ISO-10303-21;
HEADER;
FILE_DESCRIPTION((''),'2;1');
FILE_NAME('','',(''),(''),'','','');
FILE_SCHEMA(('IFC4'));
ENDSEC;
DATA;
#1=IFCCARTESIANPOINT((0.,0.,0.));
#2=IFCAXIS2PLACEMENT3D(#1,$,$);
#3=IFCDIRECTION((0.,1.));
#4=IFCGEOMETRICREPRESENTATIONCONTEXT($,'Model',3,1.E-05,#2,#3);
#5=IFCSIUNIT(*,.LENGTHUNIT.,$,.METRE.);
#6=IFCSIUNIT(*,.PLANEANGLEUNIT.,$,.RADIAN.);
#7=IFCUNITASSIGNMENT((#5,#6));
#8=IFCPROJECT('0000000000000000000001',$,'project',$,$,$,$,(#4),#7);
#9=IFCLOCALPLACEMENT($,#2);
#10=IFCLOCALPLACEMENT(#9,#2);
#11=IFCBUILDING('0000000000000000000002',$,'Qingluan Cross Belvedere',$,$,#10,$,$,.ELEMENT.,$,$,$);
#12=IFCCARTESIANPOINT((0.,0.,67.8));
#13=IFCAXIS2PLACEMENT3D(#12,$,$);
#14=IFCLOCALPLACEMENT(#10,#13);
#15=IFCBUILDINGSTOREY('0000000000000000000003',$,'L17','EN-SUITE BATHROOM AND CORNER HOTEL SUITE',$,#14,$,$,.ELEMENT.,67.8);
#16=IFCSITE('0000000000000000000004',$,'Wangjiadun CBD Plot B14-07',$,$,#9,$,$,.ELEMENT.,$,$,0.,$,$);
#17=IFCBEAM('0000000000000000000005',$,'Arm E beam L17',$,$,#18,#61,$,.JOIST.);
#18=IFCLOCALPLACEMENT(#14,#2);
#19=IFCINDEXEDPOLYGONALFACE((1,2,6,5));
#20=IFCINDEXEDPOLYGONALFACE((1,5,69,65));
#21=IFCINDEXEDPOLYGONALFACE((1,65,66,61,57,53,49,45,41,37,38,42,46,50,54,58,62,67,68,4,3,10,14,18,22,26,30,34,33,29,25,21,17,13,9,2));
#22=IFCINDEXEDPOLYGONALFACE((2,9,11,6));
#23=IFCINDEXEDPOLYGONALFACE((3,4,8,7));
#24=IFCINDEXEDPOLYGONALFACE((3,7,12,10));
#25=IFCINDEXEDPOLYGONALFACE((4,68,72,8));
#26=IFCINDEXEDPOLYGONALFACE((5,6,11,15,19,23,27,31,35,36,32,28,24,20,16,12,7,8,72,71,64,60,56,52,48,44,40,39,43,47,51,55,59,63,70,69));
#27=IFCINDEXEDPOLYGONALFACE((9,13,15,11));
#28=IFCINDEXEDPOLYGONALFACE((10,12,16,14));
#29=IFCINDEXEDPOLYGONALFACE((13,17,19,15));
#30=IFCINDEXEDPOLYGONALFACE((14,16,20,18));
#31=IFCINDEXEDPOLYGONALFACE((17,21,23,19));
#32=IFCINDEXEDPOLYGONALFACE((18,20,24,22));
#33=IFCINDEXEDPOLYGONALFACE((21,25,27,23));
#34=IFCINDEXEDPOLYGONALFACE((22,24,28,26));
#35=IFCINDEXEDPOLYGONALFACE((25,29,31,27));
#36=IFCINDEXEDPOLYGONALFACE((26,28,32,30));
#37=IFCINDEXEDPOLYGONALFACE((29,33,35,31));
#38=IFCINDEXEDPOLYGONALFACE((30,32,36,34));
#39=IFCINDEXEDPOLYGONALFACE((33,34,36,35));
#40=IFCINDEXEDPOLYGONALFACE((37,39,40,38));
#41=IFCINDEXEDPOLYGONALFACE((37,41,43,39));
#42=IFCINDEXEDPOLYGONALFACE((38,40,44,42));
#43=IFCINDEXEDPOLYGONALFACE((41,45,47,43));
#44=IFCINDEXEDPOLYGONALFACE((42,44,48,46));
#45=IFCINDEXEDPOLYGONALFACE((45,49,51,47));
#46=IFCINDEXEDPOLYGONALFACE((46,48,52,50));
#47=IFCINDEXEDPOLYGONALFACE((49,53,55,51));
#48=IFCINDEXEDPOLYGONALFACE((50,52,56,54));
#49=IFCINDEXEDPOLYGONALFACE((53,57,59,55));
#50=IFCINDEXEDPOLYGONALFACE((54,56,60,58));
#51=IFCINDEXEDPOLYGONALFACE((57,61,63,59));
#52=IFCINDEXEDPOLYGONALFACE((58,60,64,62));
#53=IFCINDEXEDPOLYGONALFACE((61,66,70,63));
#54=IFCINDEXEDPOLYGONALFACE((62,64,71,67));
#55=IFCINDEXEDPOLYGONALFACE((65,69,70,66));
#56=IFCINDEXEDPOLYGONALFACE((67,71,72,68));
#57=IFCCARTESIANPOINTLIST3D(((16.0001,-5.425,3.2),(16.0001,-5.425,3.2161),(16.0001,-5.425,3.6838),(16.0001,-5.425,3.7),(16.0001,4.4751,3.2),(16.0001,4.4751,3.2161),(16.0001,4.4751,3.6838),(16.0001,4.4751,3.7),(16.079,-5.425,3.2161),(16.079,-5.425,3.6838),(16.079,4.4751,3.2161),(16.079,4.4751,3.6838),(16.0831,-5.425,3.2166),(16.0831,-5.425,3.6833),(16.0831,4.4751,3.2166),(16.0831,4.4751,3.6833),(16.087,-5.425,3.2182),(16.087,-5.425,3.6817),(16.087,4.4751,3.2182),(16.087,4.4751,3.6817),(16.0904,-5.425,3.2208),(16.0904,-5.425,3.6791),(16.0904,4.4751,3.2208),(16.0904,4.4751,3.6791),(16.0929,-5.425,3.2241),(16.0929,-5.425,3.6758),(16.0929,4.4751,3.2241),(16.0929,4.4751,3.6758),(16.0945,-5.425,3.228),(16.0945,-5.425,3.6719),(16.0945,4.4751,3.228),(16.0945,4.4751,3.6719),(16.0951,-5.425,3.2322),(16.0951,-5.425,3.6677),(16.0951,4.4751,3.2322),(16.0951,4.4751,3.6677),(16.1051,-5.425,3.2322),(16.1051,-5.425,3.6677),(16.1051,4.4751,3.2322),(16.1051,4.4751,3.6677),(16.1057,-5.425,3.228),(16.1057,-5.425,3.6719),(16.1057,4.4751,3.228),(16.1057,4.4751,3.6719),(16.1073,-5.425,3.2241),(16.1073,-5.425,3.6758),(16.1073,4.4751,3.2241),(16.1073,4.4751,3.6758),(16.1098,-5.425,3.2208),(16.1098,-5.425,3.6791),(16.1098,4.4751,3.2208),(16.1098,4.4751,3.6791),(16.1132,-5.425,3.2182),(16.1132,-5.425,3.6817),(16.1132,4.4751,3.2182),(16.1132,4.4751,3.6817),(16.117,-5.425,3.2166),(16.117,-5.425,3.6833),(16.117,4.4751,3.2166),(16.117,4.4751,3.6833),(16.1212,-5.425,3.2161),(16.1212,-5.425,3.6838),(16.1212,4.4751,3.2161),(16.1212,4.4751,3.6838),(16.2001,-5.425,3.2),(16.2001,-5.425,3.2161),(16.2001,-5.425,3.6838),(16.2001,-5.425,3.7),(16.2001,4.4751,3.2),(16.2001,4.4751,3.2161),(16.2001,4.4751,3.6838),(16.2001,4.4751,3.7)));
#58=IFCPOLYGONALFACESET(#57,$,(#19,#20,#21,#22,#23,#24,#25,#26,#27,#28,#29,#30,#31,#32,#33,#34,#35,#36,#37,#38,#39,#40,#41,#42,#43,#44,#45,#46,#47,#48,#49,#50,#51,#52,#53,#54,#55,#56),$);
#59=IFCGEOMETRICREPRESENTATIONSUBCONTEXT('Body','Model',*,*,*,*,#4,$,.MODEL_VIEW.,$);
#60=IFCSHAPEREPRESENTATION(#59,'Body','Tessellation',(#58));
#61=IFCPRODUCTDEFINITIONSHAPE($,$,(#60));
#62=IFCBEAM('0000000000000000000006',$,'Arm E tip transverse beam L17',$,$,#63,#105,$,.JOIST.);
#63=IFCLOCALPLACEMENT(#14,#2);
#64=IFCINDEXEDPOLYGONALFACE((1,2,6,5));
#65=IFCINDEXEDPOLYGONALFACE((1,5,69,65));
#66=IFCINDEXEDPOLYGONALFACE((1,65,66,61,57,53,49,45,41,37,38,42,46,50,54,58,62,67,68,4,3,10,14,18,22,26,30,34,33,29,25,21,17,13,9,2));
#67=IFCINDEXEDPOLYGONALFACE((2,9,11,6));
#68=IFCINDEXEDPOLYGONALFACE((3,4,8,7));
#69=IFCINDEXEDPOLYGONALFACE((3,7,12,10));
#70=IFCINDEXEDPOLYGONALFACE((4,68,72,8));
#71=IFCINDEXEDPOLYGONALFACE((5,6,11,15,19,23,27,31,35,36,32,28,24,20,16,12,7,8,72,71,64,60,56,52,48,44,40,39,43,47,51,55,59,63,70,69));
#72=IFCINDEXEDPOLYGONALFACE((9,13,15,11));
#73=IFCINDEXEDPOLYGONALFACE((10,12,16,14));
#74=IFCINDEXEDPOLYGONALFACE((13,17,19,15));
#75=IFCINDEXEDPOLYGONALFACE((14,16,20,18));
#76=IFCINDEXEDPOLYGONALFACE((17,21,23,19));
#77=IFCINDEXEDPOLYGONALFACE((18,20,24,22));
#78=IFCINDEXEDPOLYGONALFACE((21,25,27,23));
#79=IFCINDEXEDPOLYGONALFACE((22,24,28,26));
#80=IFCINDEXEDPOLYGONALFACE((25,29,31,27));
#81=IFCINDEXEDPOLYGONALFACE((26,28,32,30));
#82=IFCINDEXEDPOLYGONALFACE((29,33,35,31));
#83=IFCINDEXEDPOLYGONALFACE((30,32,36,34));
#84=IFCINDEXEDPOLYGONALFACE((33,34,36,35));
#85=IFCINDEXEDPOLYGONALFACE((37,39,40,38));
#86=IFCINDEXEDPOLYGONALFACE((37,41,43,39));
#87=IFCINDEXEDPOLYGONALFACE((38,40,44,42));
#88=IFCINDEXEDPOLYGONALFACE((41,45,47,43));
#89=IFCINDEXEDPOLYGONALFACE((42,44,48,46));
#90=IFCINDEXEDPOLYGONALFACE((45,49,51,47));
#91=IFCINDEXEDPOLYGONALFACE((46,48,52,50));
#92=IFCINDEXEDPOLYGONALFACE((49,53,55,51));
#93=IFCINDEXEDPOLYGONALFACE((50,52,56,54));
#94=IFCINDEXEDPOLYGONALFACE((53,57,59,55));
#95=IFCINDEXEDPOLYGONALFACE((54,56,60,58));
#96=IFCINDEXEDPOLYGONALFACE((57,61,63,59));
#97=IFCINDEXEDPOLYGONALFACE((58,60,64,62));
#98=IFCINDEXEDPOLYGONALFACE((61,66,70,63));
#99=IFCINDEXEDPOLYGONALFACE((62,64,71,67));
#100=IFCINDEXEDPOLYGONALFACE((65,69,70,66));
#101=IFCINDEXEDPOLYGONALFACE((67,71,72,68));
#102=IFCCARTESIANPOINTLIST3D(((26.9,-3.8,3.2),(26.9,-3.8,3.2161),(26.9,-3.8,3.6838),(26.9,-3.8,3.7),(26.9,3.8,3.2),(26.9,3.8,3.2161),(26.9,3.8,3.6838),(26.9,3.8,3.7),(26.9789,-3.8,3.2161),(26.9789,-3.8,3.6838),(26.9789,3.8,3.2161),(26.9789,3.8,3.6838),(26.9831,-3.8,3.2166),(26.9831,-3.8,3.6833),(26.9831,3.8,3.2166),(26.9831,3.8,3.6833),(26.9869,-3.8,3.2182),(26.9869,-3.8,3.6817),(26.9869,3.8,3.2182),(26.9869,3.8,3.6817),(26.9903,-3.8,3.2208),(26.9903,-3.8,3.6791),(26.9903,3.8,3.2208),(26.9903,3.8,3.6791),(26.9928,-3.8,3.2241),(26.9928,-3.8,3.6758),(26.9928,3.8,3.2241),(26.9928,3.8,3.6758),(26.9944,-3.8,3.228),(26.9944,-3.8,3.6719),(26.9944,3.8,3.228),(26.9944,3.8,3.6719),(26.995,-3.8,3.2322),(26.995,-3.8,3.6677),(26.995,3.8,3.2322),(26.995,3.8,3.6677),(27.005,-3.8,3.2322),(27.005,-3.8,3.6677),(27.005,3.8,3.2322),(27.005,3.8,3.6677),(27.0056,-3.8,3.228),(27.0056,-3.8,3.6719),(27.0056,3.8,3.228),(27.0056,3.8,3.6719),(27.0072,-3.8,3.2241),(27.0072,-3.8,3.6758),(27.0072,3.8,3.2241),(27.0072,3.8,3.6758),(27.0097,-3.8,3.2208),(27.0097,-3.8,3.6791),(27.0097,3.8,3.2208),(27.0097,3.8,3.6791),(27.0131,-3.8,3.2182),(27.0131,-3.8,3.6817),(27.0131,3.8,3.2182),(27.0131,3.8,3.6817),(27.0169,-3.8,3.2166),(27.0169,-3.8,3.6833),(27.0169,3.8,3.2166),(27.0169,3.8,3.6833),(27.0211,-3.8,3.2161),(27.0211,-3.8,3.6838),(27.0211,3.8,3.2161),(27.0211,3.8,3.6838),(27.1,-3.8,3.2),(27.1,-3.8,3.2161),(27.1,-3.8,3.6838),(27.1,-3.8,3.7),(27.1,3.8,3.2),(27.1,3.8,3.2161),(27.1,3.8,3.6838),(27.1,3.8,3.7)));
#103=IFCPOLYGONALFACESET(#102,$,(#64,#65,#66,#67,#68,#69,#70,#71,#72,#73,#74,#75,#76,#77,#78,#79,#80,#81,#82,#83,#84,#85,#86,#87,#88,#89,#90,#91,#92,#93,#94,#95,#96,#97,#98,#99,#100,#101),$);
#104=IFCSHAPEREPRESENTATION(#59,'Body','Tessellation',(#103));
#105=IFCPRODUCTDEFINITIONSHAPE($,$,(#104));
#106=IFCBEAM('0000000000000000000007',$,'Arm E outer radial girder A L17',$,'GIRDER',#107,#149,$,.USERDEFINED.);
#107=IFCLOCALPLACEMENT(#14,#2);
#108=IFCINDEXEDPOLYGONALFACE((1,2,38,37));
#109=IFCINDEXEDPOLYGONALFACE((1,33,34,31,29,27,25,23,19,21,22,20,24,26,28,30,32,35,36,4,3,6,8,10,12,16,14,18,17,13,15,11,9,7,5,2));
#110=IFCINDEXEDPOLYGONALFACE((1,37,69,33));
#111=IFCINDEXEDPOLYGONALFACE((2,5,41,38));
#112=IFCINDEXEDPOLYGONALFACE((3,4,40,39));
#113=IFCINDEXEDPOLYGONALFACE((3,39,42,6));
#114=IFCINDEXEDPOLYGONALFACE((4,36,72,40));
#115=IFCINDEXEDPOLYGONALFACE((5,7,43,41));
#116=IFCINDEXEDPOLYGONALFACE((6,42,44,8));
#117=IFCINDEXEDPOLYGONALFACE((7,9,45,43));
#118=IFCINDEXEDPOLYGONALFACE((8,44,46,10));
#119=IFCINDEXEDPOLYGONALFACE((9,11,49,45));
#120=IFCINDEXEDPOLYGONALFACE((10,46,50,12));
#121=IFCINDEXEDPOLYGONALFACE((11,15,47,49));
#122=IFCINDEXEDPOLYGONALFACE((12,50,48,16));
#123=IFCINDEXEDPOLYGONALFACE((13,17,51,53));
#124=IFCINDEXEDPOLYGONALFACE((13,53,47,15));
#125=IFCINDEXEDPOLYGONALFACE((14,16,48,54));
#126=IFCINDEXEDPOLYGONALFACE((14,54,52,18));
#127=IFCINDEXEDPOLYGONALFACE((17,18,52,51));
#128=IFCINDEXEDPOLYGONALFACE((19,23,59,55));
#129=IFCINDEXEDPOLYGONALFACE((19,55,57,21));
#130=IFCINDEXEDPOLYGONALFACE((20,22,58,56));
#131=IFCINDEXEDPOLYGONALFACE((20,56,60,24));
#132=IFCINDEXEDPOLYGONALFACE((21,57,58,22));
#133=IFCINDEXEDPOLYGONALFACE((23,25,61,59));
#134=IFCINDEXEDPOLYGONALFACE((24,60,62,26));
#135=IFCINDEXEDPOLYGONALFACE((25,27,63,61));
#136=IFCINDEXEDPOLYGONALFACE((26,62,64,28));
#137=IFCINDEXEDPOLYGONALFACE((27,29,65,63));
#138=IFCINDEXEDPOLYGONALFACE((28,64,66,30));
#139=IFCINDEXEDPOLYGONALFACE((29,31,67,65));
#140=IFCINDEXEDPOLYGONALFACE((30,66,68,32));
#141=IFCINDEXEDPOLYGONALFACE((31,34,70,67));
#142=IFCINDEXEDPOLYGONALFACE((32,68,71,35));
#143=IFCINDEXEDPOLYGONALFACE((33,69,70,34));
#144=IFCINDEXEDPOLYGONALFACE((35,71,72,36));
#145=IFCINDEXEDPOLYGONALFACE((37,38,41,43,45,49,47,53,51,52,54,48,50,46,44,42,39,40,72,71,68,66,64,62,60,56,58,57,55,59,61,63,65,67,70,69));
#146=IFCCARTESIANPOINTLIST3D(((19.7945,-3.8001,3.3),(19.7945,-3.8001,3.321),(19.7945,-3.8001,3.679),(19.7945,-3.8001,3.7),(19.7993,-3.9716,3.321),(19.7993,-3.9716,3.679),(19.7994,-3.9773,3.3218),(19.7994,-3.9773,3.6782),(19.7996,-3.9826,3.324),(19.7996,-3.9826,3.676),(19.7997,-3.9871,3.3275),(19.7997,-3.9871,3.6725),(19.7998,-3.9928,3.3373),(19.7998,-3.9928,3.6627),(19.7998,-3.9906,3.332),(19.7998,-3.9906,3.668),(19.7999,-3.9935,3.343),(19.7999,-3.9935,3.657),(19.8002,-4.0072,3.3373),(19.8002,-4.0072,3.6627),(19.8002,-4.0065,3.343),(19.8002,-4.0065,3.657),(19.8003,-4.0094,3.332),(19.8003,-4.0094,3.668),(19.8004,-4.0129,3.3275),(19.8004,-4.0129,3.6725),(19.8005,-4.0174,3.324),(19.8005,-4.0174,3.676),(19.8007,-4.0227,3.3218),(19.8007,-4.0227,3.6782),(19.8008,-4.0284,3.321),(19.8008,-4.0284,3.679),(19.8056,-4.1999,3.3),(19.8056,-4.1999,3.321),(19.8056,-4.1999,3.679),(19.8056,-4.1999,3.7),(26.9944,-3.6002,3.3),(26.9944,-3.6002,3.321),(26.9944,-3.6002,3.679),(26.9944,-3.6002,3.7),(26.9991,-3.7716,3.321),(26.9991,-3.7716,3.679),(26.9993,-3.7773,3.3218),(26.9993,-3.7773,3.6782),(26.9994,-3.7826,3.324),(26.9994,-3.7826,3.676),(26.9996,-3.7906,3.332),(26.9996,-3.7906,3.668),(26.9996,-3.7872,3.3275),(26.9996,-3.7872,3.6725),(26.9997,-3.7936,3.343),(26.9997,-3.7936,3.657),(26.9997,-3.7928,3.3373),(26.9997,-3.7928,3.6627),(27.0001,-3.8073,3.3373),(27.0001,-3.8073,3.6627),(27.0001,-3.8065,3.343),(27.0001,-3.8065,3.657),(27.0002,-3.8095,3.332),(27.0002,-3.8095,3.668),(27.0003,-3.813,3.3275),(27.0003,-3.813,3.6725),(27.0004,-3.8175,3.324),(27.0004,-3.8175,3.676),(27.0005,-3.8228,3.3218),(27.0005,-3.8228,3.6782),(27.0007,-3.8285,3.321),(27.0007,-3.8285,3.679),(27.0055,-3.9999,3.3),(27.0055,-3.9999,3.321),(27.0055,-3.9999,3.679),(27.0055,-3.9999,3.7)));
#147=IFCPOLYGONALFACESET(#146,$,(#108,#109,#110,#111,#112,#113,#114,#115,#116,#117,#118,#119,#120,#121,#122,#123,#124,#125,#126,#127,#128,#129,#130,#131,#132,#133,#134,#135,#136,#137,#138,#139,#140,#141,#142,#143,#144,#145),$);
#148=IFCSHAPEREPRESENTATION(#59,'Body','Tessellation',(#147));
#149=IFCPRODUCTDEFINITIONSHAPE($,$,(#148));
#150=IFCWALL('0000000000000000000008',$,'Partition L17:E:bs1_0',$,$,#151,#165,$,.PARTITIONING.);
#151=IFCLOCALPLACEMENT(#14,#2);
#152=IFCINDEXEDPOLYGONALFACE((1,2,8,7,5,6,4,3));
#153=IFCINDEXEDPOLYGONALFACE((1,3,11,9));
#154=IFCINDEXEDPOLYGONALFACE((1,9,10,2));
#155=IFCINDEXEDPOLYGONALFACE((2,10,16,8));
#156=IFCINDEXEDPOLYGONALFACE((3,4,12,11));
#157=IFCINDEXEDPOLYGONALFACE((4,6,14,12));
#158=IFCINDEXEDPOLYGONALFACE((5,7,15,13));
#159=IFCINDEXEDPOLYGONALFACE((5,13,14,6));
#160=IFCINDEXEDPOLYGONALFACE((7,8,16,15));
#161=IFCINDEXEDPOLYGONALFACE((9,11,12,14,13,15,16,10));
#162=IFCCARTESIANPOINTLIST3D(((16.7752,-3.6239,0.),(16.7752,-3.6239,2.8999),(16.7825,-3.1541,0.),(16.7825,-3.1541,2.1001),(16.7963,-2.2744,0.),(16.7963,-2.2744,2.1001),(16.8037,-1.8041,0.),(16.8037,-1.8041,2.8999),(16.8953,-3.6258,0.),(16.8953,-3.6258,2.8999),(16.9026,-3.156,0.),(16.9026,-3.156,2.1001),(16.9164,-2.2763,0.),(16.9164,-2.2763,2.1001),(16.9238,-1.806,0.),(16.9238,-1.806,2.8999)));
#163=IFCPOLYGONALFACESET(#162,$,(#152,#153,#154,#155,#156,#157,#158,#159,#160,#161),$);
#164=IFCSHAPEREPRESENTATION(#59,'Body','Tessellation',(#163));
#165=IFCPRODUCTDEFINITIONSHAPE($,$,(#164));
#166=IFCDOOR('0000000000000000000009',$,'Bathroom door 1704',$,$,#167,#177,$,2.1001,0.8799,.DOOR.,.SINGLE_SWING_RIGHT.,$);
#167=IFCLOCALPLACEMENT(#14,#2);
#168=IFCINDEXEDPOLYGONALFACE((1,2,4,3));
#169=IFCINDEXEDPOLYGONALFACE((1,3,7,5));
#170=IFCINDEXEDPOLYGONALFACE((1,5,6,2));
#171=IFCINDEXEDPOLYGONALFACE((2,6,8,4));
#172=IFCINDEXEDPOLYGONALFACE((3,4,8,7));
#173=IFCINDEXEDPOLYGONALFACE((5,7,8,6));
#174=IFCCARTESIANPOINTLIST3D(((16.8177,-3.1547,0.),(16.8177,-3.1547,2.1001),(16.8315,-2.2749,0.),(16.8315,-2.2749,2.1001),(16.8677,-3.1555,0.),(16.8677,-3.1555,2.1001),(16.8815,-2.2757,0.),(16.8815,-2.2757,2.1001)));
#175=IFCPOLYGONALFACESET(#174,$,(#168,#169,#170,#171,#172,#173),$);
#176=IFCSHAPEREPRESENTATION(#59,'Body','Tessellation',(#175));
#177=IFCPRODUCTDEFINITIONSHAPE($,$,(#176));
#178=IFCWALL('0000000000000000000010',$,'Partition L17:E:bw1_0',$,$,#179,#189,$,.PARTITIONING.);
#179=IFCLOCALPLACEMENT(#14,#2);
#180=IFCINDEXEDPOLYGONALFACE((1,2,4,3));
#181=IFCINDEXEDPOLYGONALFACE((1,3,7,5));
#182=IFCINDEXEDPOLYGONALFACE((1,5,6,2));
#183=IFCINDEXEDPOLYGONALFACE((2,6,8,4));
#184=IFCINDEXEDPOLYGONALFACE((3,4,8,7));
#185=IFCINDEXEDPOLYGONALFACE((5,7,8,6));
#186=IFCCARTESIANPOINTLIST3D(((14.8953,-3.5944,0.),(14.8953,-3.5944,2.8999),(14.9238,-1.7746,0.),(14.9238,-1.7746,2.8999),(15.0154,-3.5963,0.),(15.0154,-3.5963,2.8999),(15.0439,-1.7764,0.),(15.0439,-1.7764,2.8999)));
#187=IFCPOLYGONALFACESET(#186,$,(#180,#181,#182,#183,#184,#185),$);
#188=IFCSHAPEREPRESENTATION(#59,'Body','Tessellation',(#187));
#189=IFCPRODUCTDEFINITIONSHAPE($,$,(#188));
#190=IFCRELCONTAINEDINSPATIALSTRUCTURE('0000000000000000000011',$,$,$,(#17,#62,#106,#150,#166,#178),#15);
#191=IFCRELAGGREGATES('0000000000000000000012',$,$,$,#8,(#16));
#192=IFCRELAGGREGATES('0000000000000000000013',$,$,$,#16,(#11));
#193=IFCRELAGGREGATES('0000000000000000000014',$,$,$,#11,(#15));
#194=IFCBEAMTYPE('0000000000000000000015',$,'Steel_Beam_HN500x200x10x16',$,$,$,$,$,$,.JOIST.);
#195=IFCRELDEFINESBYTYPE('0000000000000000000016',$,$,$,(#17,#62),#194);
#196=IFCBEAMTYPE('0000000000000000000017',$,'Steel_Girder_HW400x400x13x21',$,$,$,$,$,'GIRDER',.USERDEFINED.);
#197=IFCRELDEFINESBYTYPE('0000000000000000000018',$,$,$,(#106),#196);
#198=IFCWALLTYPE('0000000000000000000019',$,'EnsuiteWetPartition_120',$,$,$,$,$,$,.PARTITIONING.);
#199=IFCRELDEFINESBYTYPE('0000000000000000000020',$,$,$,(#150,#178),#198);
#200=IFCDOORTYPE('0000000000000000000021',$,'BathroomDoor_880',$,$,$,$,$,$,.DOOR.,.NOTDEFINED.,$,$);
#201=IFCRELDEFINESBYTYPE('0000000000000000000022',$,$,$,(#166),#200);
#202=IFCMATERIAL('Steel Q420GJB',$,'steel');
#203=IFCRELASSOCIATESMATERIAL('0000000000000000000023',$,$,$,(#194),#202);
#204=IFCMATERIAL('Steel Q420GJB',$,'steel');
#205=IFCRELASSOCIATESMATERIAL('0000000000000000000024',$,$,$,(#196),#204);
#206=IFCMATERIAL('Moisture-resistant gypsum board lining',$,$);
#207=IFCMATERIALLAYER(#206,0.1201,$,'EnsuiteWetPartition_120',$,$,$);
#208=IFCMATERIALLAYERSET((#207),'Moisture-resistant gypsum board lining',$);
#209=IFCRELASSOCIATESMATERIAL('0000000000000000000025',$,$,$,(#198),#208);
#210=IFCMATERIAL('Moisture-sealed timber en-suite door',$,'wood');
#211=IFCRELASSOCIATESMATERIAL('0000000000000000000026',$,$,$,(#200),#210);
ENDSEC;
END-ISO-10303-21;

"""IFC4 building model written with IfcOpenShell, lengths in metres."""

from ifc_helpers import new_model, si_unit, direction, frame, frame_2d, origin, origin_2d, place, context, subcontext, project, spatial, rectangle, i_section, extrude, material, layer, layer_set, material_profile, profile_set, type_object, element, fill, save


model = new_model("IFC4")

# Units and contexts
model_context = context("Model", 3, precision=1e-05, world=origin(), true_north=direction((0.0, 1.0)))
body_context = subcontext(model_context, "Body", "Model", "MODEL_VIEW")
ifc_project = project(units=[si_unit("LENGTHUNIT", "METRE"), si_unit("PLANEANGLEUNIT", "RADIAN")], contexts=[model_context])

# Site, building, storey
site_placement = place(None, origin())
site = spatial("IfcSite", under=ifc_project, at=site_placement, Name="Wangjiadun CBD Plot B14-07", CompositionType="ELEMENT", RefElevation=0.0)
building_placement = place(site_placement, origin())
building = spatial("IfcBuilding", under=site, at=building_placement, Name="Qingluan Cross Belvedere", CompositionType="ELEMENT")
storey_placement = place(building_placement, frame((0.0, 0.0, 67.8)))
storey = spatial("IfcBuildingStorey", under=building, at=storey_placement, Name="L17", Description="EN-SUITE BATHROOM AND CORNER HOTEL SUITE", CompositionType="ELEMENT", Elevation=67.8)

# Beams
ifc_material_1 = material(Name="Steel Q420GJB", Category="steel")
ifc_material_profile_1 = material_profile(ifc_material_1, i_section(OverallWidth=0.2, OverallDepth=0.5, WebThickness=0.01, FlangeThickness=0.0161, FilletRadius=0.0161, at=origin_2d()), Name="HN500x200x10x16")
ifc_profile_set_1 = profile_set([ifc_material_profile_1], Name="Steel Q420GJB")
beam_type_1 = type_object("IfcBeamType", Name="Steel_Beam_HN500x200x10x16", PredefinedType="JOIST", material=ifc_profile_set_1)
beam_1_placement = place(storey_placement, frame((16.1001, -5.425, 3.45), z_axis=(0.0, 1.0, 0.0), x_axis=(-1.0, 0.0, 0.0)))
element("IfcBeam", 1, at=beam_1_placement, inside=storey, type_object=beam_type_1, Name="Arm E beam L17", PredefinedType="JOIST", context=body_context, shape_type="SweptSolid", body=[
    extrude(i_section(OverallWidth=0.2, OverallDepth=0.5, WebThickness=0.01, FlangeThickness=0.0161, FilletRadius=0.0161, at=origin_2d()), origin(), (0.0, 0.0, 1.0), 9.9001),
])
beam_2_placement = place(storey_placement, frame((27.0, -3.8, 3.45), z_axis=(0.0, 1.0, 0.0), x_axis=(-1.0, 0.0, 0.0)))
element("IfcBeam", 2, at=beam_2_placement, inside=storey, type_object=beam_type_1, Name="Arm E tip transverse beam L17", PredefinedType="JOIST", context=body_context, shape_type="SweptSolid", body=[
    extrude(i_section(OverallWidth=0.2, OverallDepth=0.5, WebThickness=0.01, FlangeThickness=0.0161, FilletRadius=0.0161, at=origin_2d()), origin(), (0.0, 0.0, 1.0), 7.6001),
])
ifc_material_2 = material(Name="Steel Q420GJB", Category="steel")
ifc_material_profile_2 = material_profile(ifc_material_2, i_section(OverallWidth=0.3999, OverallDepth=0.3999, WebThickness=0.0129, FlangeThickness=0.021, FilletRadius=0.022, at=origin_2d()), Name="HW400x400x13x21")
ifc_profile_set_2 = profile_set([ifc_material_profile_2], Name="Steel Q420GJB")
beam_type_2 = type_object("IfcBeamType", Name="Steel_Girder_HW400x400x13x21", ElementType="GIRDER", PredefinedType="USERDEFINED", material=ifc_profile_set_2)
beam_3_placement = place(storey_placement, frame((19.8, -4.0, 3.5), z_axis=(0.999615, 0.02776, 0.0), x_axis=(-0.02776, 0.999615, 0.0)))
element("IfcBeam", 3, at=beam_3_placement, inside=storey, type_object=beam_type_2, Name="Arm E outer radial girder A L17", ObjectType="GIRDER", PredefinedType="USERDEFINED", context=body_context, shape_type="SweptSolid", body=[
    extrude(i_section(OverallWidth=0.3999, OverallDepth=0.3999, WebThickness=0.0129, FlangeThickness=0.021, FilletRadius=0.022, at=origin_2d()), origin(), (0.0, 0.0, 1.0), 7.2026),
])

# Wall, opening, door
ifc_material_3 = material(Name="Moisture-resistant gypsum board lining")
ifc_layer_1 = layer(ifc_material_3, 0.1201, Name="EnsuiteWetPartition_120")
ifc_layer_set_1 = layer_set([ifc_layer_1], Name="Moisture-resistant gypsum board lining")
wall_type_1 = type_object("IfcWallType", Name="EnsuiteWetPartition_120", PredefinedType="PARTITIONING", material=ifc_layer_set_1)
wall_1_placement = place(storey_placement, frame((16.8352, -3.625, 0.0), z_axis=(0.0, 0.0, 1.0), x_axis=(0.015694, 0.999877, 0.0)))
wall_1 = element("IfcWall", 4, at=wall_1_placement, inside=storey, type_object=wall_type_1, Name="Partition L17:E:bs1_0", PredefinedType="PARTITIONING", context=body_context, shape_type="SweptSolid", body=[
    extrude(rectangle(XDim=1.8201, YDim=0.1201, at=frame_2d((0.9102, 0.0))), origin(), (0.0, 0.0, 1.0), 2.8999),
])
opening_1_placement = place(wall_1_placement, frame((0.47, 0.0, 0.0)))
opening_1 = element("IfcOpeningElement", 5, at=opening_1_placement, cuts=wall_1, PredefinedType="OPENING", context=body_context, shape_type="SweptSolid", body=[
    extrude(rectangle(XDim=0.8799, YDim=2.1001, at=frame_2d((0.4399, 1.05))), frame((0.0, 0.0701, 0.0), z_axis=(0.0, -1.0, 0.0), x_axis=(1.0, 0.0, 0.0)), (0.0, 0.0, 1.0), 0.1401),
])
ifc_material_4 = material(Name="Moisture-sealed timber en-suite door", Category="wood")
door_type = type_object("IfcDoorType", Name="BathroomDoor_880", OperationType="NOTDEFINED", PredefinedType="DOOR", material=ifc_material_4)
door_1_placement = place(opening_1_placement, origin())
door_1 = element("IfcDoor", 6, at=door_1_placement, inside=storey, type_object=door_type, Name="Bathroom door 1704", OperationType="SINGLE_SWING_RIGHT", OverallHeight=2.1001, OverallWidth=0.8799, PredefinedType="DOOR", context=body_context, shape_type="SweptSolid", body=[
    extrude(rectangle(XDim=0.8799, YDim=2.1001, at=frame_2d((0.4399, 1.05))), frame((0.0, 0.0249, 0.0), z_axis=(0.0, -1.0, 0.0), x_axis=(1.0, 0.0, 0.0)), (0.0, 0.0, 1.0), 0.05),
])
fill(opening_1, door_1)

# Wall
wall_2_placement = place(storey_placement, frame((14.9553, -3.5955, 0.0), z_axis=(0.0, 0.0, 1.0), x_axis=(0.015694, 0.999877, 0.0)))
element("IfcWall", 7, at=wall_2_placement, inside=storey, type_object=wall_type_1, Name="Partition L17:E:bw1_0", PredefinedType="PARTITIONING", context=body_context, shape_type="SweptSolid", body=[
    extrude(rectangle(XDim=1.8201, YDim=0.1201, at=frame_2d((0.9102, 0.0))), origin(), (0.0, 0.0, 1.0), 2.8999),
])

save(model, "model.ifc")
